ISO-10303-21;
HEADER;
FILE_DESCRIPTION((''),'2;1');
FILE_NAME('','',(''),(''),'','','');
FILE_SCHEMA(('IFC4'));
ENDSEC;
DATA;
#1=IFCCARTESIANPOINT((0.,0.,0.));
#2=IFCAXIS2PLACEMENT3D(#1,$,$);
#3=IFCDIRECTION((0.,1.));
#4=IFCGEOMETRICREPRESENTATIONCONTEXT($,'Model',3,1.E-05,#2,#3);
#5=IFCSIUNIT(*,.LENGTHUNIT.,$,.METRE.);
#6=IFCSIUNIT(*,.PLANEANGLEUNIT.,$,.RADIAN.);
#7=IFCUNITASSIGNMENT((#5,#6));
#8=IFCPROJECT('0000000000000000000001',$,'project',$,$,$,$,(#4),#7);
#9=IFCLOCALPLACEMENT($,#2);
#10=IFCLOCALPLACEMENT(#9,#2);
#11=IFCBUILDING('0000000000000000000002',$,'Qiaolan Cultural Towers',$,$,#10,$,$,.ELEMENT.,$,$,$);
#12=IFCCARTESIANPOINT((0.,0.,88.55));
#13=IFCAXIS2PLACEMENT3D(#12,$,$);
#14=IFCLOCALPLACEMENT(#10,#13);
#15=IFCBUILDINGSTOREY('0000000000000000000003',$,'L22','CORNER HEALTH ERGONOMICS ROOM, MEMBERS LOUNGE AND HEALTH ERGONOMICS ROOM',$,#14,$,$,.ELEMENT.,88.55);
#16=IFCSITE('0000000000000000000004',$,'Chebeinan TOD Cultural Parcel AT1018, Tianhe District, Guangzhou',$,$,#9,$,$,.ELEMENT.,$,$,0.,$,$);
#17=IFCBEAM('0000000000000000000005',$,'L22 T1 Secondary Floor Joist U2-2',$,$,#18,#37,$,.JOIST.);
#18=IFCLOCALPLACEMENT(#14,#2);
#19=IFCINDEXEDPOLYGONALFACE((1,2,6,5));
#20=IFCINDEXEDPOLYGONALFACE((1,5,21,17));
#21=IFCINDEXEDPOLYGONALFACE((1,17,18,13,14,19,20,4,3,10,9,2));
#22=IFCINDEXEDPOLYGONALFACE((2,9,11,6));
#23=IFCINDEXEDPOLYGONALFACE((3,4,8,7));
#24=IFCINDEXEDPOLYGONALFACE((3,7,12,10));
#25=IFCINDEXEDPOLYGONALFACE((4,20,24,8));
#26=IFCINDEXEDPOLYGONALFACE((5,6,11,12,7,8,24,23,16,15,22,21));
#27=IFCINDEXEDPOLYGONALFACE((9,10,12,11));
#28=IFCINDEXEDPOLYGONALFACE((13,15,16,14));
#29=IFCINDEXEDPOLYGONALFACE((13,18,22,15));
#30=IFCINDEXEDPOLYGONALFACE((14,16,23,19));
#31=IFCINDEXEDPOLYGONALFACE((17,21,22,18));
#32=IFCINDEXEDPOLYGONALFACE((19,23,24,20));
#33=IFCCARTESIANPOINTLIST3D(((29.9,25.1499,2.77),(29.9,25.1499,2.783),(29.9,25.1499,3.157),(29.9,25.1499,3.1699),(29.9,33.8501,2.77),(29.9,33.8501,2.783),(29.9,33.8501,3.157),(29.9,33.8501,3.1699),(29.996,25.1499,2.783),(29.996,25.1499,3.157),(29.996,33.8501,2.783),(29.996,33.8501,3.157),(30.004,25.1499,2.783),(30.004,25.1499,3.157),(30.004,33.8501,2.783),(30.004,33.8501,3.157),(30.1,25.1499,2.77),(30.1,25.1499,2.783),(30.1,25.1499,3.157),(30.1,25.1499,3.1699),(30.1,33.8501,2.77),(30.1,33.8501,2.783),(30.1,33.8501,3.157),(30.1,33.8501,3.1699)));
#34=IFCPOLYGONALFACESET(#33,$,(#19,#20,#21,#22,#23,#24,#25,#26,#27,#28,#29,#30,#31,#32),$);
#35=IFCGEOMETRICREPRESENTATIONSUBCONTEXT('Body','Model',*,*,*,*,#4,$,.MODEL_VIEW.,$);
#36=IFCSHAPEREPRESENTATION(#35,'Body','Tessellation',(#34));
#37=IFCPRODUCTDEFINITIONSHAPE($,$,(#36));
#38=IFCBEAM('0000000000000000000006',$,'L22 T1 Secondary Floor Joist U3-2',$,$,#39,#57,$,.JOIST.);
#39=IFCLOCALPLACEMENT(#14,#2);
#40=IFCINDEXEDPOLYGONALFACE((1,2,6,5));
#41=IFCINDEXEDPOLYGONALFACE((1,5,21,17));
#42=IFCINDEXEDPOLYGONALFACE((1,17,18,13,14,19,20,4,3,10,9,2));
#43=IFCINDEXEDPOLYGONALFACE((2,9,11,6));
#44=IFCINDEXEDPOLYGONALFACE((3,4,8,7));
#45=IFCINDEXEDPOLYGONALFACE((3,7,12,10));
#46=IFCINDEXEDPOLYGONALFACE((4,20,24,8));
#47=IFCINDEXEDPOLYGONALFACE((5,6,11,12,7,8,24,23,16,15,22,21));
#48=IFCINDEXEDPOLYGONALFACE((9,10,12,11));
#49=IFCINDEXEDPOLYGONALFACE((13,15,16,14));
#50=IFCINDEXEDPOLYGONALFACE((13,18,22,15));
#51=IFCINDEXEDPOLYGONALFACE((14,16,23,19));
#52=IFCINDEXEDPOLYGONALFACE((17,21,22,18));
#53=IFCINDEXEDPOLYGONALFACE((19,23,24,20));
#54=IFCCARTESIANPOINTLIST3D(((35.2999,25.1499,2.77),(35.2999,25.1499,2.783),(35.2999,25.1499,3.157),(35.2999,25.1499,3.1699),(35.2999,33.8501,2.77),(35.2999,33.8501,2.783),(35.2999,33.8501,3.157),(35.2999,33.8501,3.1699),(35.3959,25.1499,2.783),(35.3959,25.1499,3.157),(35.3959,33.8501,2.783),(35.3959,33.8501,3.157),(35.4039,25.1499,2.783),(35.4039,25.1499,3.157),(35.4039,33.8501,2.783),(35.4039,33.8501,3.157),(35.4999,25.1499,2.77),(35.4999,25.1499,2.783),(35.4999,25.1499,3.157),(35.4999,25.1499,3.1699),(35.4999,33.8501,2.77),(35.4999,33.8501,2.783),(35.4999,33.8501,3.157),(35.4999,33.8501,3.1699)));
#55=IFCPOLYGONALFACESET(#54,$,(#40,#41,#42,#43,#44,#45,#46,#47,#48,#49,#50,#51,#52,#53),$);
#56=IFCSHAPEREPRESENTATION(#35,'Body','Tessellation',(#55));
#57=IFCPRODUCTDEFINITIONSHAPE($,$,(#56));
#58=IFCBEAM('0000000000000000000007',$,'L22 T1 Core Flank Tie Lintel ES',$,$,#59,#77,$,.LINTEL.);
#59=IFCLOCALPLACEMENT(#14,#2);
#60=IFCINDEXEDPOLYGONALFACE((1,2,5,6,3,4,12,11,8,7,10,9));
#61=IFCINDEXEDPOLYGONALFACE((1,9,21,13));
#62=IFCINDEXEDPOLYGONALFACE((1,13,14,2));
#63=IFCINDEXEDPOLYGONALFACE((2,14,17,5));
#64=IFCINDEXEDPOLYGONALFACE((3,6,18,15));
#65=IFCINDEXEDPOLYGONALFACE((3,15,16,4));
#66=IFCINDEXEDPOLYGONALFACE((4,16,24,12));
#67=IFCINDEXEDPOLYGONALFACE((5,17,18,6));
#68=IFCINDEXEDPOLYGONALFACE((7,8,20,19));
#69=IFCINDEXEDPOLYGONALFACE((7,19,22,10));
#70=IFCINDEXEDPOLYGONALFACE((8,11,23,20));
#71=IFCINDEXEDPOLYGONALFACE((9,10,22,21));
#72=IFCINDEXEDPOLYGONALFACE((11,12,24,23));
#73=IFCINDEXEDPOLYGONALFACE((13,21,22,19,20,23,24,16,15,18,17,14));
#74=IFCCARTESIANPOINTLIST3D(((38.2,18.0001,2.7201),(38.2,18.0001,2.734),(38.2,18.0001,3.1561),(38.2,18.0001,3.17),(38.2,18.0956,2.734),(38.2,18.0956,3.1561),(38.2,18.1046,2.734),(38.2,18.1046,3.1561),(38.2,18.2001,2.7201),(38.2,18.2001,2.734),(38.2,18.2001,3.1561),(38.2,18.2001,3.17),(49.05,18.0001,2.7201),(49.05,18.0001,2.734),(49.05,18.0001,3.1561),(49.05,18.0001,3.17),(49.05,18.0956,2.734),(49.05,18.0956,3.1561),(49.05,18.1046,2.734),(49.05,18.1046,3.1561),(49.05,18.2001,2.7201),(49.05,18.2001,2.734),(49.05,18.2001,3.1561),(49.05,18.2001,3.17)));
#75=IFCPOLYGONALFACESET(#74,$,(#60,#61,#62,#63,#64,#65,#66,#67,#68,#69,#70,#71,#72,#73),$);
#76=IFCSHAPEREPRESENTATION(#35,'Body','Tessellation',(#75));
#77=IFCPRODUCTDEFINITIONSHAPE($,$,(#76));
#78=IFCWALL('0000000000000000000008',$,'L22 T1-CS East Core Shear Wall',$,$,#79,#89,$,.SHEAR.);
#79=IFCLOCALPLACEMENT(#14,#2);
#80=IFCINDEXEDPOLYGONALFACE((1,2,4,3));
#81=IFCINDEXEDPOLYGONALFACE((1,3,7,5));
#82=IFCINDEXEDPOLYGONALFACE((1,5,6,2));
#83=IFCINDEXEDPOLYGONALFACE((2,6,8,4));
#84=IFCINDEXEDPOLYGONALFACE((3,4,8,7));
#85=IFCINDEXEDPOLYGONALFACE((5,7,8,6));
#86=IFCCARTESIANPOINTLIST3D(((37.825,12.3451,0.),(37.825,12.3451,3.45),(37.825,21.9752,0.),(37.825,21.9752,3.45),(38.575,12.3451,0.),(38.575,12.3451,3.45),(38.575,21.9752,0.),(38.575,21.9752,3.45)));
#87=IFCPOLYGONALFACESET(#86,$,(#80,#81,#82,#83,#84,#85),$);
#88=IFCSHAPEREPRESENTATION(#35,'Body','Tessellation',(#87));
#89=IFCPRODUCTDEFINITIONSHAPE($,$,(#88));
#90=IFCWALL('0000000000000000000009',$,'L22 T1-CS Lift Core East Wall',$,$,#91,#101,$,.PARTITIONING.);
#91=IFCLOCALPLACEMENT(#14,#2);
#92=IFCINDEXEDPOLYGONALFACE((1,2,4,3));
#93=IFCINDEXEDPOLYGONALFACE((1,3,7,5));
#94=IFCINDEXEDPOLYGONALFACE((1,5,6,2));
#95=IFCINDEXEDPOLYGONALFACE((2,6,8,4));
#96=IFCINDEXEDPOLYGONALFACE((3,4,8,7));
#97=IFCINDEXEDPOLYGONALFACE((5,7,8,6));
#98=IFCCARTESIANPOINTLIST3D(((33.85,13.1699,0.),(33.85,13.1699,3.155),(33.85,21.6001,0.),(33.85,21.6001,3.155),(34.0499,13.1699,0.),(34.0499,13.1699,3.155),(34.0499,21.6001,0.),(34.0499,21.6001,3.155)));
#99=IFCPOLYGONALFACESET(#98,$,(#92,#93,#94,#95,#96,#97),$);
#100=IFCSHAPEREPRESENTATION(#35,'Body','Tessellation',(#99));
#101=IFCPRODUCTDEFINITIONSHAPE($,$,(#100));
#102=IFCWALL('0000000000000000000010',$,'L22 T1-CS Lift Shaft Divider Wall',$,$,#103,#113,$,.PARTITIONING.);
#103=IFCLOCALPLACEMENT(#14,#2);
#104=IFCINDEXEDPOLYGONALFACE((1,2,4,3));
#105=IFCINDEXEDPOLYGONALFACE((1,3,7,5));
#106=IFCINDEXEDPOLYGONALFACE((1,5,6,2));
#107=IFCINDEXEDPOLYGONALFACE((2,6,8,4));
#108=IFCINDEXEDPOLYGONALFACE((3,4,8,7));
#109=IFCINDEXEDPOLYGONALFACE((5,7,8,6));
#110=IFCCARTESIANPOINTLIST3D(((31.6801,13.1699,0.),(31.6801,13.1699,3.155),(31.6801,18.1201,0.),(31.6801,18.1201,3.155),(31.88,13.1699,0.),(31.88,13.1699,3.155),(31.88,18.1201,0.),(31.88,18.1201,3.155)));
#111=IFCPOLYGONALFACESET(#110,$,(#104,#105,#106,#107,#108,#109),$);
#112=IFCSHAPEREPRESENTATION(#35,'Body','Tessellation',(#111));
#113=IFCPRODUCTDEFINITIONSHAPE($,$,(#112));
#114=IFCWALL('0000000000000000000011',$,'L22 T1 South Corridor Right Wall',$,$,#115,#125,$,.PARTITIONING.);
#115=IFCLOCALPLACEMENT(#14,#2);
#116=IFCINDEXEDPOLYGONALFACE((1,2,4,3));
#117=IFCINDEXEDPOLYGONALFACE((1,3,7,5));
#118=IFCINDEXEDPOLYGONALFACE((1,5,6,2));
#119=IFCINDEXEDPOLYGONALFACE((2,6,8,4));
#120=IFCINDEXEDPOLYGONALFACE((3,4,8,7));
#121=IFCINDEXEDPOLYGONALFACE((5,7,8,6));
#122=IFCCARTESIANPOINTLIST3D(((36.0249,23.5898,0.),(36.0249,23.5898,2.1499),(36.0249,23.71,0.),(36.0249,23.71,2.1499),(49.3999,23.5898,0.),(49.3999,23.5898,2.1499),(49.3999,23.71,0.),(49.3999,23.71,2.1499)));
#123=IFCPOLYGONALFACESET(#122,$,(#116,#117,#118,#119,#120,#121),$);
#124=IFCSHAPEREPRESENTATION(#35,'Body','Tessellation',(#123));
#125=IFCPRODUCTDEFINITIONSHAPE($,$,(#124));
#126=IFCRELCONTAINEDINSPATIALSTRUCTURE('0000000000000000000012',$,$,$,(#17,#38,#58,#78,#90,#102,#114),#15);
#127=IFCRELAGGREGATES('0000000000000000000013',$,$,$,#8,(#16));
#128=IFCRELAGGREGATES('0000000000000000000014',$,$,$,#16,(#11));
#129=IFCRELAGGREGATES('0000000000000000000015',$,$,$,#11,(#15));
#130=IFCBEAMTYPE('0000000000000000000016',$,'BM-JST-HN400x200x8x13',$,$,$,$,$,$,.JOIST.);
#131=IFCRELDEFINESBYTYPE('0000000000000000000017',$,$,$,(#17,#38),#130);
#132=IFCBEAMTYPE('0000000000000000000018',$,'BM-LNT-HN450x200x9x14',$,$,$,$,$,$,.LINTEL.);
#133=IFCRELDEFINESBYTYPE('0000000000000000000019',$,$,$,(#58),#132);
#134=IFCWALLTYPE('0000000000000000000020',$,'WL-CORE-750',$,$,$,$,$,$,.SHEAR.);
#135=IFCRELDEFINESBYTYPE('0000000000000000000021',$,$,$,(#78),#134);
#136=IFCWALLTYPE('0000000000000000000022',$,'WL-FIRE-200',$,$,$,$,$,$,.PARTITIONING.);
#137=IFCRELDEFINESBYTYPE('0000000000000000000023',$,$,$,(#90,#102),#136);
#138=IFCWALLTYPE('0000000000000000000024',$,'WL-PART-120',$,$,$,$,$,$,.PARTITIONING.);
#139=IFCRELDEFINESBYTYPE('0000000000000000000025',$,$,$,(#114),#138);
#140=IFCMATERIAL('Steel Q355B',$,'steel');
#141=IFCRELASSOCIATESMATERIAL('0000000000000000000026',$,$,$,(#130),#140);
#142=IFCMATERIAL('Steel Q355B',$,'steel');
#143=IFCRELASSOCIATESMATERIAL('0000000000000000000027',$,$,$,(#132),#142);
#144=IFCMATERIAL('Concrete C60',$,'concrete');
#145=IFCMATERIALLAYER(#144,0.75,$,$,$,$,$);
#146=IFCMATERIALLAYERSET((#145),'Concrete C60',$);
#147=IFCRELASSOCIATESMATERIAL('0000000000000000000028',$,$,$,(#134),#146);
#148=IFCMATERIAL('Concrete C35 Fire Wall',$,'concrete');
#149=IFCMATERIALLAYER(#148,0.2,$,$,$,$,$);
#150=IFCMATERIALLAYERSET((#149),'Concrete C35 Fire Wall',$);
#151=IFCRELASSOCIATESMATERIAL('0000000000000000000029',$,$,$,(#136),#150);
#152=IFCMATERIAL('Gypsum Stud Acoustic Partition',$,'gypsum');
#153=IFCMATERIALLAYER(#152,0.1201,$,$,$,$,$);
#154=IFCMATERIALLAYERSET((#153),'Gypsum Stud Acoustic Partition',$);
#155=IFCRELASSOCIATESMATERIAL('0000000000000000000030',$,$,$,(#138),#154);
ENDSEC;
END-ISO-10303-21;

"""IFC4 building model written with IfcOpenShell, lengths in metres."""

from ifc_helpers import new_model, si_unit, direction, frame, frame_2d, origin, origin_2d, place, context, subcontext, project, spatial, rectangle, i_section, extrude, material, layer, layer_set, material_profile, profile_set, type_object, element, save


model = new_model("IFC4")

# Units and contexts
model_context = context("Model", 3, precision=1e-05, world=origin(), true_north=direction((0.0, 1.0)))
body_context = subcontext(model_context, "Body", "Model", "MODEL_VIEW")
ifc_project = project(units=[si_unit("LENGTHUNIT", "METRE"), si_unit("PLANEANGLEUNIT", "RADIAN")], contexts=[model_context])

# Site, building, storey
site_placement = place(None, origin())
site = spatial("IfcSite", under=ifc_project, at=site_placement, Name="Chebeinan TOD Cultural Parcel AT1018, Tianhe District, Guangzhou", CompositionType="ELEMENT", RefElevation=0.0)
building_placement = place(site_placement, origin())
building = spatial("IfcBuilding", under=site, at=building_placement, Name="Qiaolan Cultural Towers", CompositionType="ELEMENT")
storey_placement = place(building_placement, frame((0.0, 0.0, 88.55)))
storey = spatial("IfcBuildingStorey", under=building, at=storey_placement, Name="L22", Description="CORNER HEALTH ERGONOMICS ROOM, MEMBERS LOUNGE AND HEALTH ERGONOMICS ROOM", CompositionType="ELEMENT", Elevation=88.55)

# Beams
ifc_material_1 = material(Name="Steel Q355B", Category="steel")
ifc_material_profile_1 = material_profile(ifc_material_1, i_section(OverallWidth=0.2, OverallDepth=0.3999, WebThickness=0.0081, FlangeThickness=0.0129, at=origin_2d()), Name="HN400x200x8x13")
ifc_profile_set_1 = profile_set([ifc_material_profile_1], Name="Steel Q355B")
beam_type_1 = type_object("IfcBeamType", Name="BM-JST-HN400x200x8x13", PredefinedType="JOIST", material=ifc_profile_set_1)
for number, where, z_axis, x_axis, name in (
    (1, (30.0, 25.1499, 2.97), (0.0, 1.0, 0.0), (-1.0, 0.0, 0.0), "L22 T1 Secondary Floor Joist U2-2"),
    (2, (35.3999, 25.1499, 2.97), (0.0, 1.0, 0.0), (-1.0, 0.0, 0.0), "L22 T1 Secondary Floor Joist U3-2"),
):
    element("IfcBeam", number, at=place(storey_placement, frame(where, z_axis=z_axis, x_axis=x_axis)), inside=storey, type_object=beam_type_1, Name=name, PredefinedType="JOIST", context=body_context, shape_type="SweptSolid", body=[
        extrude(i_section(OverallWidth=0.2, OverallDepth=0.3999, WebThickness=0.0081, FlangeThickness=0.0129, at=origin_2d()), origin(), (0.0, 0.0, 1.0), 8.7002),
    ])
ifc_material_2 = material(Name="Steel Q355B", Category="steel")
ifc_material_profile_2 = material_profile(ifc_material_2, i_section(OverallWidth=0.2, OverallDepth=0.45, WebThickness=0.009, FlangeThickness=0.0139, at=origin_2d()), Name="HN450x200x9x14")
ifc_profile_set_2 = profile_set([ifc_material_profile_2], Name="Steel Q355B")
beam_type_2 = type_object("IfcBeamType", Name="BM-LNT-HN450x200x9x14", PredefinedType="LINTEL", material=ifc_profile_set_2)
beam_placement = place(storey_placement, frame((38.2, 18.1001, 2.9451), z_axis=(1.0, 0.0, 0.0), x_axis=(0.0, 1.0, 0.0)))
element("IfcBeam", 3, at=beam_placement, inside=storey, type_object=beam_type_2, Name="L22 T1 Core Flank Tie Lintel ES", PredefinedType="LINTEL", context=body_context, shape_type="SweptSolid", body=[
    extrude(i_section(OverallWidth=0.2, OverallDepth=0.45, WebThickness=0.009, FlangeThickness=0.0139, at=origin_2d()), origin(), (0.0, 0.0, 1.0), 10.8501),
])

# Walls
ifc_material_3 = material(Name="Concrete C60", Category="concrete")
ifc_layer_1 = layer(ifc_material_3, 0.75)
ifc_layer_set_1 = layer_set([ifc_layer_1], Name="Concrete C60")
wall_type_1 = type_object("IfcWallType", Name="WL-CORE-750", PredefinedType="SHEAR", material=ifc_layer_set_1)
wall_1_placement = place(storey_placement, frame((38.2, 21.9751, 0.0), z_axis=(0.0, 0.0, 1.0), x_axis=(0.0, -1.0, 0.0)))
element("IfcWall", 4, at=wall_1_placement, inside=storey, type_object=wall_type_1, Name="L22 T1-CS East Core Shear Wall", PredefinedType="SHEAR", context=body_context, shape_type="SweptSolid", body=[
    extrude(rectangle(XDim=9.6301, YDim=0.75, at=frame_2d((4.8149, 0.0))), origin(), (0.0, 0.0, 1.0), 3.45),
])
ifc_material_4 = material(Name="Concrete C35 Fire Wall", Category="concrete")
ifc_layer_2 = layer(ifc_material_4, 0.2)
ifc_layer_set_2 = layer_set([ifc_layer_2], Name="Concrete C35 Fire Wall")
wall_type_2 = type_object("IfcWallType", Name="WL-FIRE-200", PredefinedType="PARTITIONING", material=ifc_layer_set_2)
wall_2_placement = place(storey_placement, frame((33.95, 21.6001, 0.0), z_axis=(0.0, 0.0, 1.0), x_axis=(0.0, -1.0, 0.0)))
element("IfcWall", 5, at=wall_2_placement, inside=storey, type_object=wall_type_2, Name="L22 T1-CS Lift Core East Wall", PredefinedType="PARTITIONING", context=body_context, shape_type="SweptSolid", body=[
    extrude(rectangle(XDim=8.4302, YDim=0.2, at=frame_2d((4.2151, 0.0))), origin(), (0.0, 0.0, 1.0), 3.155),
])
wall_3_placement = place(storey_placement, frame((31.78, 18.1201, 0.0), z_axis=(0.0, 0.0, 1.0), x_axis=(0.0, -1.0, 0.0)))
element("IfcWall", 6, at=wall_3_placement, inside=storey, type_object=wall_type_2, Name="L22 T1-CS Lift Shaft Divider Wall", PredefinedType="PARTITIONING", context=body_context, shape_type="SweptSolid", body=[
    extrude(rectangle(XDim=4.9502, YDim=0.2, at=frame_2d((2.4751, 0.0))), origin(), (0.0, 0.0, 1.0), 3.155),
])
ifc_material_5 = material(Name="Gypsum Stud Acoustic Partition", Category="gypsum")
ifc_layer_3 = layer(ifc_material_5, 0.1201)
ifc_layer_set_3 = layer_set([ifc_layer_3], Name="Gypsum Stud Acoustic Partition")
wall_type_3 = type_object("IfcWallType", Name="WL-PART-120", PredefinedType="PARTITIONING", material=ifc_layer_set_3)
wall_4_placement = place(storey_placement, frame((36.0249, 23.6499, 0.0), z_axis=(0.0, 0.0, 1.0), x_axis=(1.0, 0.0, 0.0)))
element("IfcWall", 7, at=wall_4_placement, inside=storey, type_object=wall_type_3, Name="L22 T1 South Corridor Right Wall", PredefinedType="PARTITIONING", context=body_context, shape_type="SweptSolid", body=[
    extrude(rectangle(XDim=13.375, YDim=0.1201, at=frame_2d((6.6875, 0.0))), origin(), (0.0, 0.0, 1.0), 2.1499),
])

save(model, "model.ifc")
